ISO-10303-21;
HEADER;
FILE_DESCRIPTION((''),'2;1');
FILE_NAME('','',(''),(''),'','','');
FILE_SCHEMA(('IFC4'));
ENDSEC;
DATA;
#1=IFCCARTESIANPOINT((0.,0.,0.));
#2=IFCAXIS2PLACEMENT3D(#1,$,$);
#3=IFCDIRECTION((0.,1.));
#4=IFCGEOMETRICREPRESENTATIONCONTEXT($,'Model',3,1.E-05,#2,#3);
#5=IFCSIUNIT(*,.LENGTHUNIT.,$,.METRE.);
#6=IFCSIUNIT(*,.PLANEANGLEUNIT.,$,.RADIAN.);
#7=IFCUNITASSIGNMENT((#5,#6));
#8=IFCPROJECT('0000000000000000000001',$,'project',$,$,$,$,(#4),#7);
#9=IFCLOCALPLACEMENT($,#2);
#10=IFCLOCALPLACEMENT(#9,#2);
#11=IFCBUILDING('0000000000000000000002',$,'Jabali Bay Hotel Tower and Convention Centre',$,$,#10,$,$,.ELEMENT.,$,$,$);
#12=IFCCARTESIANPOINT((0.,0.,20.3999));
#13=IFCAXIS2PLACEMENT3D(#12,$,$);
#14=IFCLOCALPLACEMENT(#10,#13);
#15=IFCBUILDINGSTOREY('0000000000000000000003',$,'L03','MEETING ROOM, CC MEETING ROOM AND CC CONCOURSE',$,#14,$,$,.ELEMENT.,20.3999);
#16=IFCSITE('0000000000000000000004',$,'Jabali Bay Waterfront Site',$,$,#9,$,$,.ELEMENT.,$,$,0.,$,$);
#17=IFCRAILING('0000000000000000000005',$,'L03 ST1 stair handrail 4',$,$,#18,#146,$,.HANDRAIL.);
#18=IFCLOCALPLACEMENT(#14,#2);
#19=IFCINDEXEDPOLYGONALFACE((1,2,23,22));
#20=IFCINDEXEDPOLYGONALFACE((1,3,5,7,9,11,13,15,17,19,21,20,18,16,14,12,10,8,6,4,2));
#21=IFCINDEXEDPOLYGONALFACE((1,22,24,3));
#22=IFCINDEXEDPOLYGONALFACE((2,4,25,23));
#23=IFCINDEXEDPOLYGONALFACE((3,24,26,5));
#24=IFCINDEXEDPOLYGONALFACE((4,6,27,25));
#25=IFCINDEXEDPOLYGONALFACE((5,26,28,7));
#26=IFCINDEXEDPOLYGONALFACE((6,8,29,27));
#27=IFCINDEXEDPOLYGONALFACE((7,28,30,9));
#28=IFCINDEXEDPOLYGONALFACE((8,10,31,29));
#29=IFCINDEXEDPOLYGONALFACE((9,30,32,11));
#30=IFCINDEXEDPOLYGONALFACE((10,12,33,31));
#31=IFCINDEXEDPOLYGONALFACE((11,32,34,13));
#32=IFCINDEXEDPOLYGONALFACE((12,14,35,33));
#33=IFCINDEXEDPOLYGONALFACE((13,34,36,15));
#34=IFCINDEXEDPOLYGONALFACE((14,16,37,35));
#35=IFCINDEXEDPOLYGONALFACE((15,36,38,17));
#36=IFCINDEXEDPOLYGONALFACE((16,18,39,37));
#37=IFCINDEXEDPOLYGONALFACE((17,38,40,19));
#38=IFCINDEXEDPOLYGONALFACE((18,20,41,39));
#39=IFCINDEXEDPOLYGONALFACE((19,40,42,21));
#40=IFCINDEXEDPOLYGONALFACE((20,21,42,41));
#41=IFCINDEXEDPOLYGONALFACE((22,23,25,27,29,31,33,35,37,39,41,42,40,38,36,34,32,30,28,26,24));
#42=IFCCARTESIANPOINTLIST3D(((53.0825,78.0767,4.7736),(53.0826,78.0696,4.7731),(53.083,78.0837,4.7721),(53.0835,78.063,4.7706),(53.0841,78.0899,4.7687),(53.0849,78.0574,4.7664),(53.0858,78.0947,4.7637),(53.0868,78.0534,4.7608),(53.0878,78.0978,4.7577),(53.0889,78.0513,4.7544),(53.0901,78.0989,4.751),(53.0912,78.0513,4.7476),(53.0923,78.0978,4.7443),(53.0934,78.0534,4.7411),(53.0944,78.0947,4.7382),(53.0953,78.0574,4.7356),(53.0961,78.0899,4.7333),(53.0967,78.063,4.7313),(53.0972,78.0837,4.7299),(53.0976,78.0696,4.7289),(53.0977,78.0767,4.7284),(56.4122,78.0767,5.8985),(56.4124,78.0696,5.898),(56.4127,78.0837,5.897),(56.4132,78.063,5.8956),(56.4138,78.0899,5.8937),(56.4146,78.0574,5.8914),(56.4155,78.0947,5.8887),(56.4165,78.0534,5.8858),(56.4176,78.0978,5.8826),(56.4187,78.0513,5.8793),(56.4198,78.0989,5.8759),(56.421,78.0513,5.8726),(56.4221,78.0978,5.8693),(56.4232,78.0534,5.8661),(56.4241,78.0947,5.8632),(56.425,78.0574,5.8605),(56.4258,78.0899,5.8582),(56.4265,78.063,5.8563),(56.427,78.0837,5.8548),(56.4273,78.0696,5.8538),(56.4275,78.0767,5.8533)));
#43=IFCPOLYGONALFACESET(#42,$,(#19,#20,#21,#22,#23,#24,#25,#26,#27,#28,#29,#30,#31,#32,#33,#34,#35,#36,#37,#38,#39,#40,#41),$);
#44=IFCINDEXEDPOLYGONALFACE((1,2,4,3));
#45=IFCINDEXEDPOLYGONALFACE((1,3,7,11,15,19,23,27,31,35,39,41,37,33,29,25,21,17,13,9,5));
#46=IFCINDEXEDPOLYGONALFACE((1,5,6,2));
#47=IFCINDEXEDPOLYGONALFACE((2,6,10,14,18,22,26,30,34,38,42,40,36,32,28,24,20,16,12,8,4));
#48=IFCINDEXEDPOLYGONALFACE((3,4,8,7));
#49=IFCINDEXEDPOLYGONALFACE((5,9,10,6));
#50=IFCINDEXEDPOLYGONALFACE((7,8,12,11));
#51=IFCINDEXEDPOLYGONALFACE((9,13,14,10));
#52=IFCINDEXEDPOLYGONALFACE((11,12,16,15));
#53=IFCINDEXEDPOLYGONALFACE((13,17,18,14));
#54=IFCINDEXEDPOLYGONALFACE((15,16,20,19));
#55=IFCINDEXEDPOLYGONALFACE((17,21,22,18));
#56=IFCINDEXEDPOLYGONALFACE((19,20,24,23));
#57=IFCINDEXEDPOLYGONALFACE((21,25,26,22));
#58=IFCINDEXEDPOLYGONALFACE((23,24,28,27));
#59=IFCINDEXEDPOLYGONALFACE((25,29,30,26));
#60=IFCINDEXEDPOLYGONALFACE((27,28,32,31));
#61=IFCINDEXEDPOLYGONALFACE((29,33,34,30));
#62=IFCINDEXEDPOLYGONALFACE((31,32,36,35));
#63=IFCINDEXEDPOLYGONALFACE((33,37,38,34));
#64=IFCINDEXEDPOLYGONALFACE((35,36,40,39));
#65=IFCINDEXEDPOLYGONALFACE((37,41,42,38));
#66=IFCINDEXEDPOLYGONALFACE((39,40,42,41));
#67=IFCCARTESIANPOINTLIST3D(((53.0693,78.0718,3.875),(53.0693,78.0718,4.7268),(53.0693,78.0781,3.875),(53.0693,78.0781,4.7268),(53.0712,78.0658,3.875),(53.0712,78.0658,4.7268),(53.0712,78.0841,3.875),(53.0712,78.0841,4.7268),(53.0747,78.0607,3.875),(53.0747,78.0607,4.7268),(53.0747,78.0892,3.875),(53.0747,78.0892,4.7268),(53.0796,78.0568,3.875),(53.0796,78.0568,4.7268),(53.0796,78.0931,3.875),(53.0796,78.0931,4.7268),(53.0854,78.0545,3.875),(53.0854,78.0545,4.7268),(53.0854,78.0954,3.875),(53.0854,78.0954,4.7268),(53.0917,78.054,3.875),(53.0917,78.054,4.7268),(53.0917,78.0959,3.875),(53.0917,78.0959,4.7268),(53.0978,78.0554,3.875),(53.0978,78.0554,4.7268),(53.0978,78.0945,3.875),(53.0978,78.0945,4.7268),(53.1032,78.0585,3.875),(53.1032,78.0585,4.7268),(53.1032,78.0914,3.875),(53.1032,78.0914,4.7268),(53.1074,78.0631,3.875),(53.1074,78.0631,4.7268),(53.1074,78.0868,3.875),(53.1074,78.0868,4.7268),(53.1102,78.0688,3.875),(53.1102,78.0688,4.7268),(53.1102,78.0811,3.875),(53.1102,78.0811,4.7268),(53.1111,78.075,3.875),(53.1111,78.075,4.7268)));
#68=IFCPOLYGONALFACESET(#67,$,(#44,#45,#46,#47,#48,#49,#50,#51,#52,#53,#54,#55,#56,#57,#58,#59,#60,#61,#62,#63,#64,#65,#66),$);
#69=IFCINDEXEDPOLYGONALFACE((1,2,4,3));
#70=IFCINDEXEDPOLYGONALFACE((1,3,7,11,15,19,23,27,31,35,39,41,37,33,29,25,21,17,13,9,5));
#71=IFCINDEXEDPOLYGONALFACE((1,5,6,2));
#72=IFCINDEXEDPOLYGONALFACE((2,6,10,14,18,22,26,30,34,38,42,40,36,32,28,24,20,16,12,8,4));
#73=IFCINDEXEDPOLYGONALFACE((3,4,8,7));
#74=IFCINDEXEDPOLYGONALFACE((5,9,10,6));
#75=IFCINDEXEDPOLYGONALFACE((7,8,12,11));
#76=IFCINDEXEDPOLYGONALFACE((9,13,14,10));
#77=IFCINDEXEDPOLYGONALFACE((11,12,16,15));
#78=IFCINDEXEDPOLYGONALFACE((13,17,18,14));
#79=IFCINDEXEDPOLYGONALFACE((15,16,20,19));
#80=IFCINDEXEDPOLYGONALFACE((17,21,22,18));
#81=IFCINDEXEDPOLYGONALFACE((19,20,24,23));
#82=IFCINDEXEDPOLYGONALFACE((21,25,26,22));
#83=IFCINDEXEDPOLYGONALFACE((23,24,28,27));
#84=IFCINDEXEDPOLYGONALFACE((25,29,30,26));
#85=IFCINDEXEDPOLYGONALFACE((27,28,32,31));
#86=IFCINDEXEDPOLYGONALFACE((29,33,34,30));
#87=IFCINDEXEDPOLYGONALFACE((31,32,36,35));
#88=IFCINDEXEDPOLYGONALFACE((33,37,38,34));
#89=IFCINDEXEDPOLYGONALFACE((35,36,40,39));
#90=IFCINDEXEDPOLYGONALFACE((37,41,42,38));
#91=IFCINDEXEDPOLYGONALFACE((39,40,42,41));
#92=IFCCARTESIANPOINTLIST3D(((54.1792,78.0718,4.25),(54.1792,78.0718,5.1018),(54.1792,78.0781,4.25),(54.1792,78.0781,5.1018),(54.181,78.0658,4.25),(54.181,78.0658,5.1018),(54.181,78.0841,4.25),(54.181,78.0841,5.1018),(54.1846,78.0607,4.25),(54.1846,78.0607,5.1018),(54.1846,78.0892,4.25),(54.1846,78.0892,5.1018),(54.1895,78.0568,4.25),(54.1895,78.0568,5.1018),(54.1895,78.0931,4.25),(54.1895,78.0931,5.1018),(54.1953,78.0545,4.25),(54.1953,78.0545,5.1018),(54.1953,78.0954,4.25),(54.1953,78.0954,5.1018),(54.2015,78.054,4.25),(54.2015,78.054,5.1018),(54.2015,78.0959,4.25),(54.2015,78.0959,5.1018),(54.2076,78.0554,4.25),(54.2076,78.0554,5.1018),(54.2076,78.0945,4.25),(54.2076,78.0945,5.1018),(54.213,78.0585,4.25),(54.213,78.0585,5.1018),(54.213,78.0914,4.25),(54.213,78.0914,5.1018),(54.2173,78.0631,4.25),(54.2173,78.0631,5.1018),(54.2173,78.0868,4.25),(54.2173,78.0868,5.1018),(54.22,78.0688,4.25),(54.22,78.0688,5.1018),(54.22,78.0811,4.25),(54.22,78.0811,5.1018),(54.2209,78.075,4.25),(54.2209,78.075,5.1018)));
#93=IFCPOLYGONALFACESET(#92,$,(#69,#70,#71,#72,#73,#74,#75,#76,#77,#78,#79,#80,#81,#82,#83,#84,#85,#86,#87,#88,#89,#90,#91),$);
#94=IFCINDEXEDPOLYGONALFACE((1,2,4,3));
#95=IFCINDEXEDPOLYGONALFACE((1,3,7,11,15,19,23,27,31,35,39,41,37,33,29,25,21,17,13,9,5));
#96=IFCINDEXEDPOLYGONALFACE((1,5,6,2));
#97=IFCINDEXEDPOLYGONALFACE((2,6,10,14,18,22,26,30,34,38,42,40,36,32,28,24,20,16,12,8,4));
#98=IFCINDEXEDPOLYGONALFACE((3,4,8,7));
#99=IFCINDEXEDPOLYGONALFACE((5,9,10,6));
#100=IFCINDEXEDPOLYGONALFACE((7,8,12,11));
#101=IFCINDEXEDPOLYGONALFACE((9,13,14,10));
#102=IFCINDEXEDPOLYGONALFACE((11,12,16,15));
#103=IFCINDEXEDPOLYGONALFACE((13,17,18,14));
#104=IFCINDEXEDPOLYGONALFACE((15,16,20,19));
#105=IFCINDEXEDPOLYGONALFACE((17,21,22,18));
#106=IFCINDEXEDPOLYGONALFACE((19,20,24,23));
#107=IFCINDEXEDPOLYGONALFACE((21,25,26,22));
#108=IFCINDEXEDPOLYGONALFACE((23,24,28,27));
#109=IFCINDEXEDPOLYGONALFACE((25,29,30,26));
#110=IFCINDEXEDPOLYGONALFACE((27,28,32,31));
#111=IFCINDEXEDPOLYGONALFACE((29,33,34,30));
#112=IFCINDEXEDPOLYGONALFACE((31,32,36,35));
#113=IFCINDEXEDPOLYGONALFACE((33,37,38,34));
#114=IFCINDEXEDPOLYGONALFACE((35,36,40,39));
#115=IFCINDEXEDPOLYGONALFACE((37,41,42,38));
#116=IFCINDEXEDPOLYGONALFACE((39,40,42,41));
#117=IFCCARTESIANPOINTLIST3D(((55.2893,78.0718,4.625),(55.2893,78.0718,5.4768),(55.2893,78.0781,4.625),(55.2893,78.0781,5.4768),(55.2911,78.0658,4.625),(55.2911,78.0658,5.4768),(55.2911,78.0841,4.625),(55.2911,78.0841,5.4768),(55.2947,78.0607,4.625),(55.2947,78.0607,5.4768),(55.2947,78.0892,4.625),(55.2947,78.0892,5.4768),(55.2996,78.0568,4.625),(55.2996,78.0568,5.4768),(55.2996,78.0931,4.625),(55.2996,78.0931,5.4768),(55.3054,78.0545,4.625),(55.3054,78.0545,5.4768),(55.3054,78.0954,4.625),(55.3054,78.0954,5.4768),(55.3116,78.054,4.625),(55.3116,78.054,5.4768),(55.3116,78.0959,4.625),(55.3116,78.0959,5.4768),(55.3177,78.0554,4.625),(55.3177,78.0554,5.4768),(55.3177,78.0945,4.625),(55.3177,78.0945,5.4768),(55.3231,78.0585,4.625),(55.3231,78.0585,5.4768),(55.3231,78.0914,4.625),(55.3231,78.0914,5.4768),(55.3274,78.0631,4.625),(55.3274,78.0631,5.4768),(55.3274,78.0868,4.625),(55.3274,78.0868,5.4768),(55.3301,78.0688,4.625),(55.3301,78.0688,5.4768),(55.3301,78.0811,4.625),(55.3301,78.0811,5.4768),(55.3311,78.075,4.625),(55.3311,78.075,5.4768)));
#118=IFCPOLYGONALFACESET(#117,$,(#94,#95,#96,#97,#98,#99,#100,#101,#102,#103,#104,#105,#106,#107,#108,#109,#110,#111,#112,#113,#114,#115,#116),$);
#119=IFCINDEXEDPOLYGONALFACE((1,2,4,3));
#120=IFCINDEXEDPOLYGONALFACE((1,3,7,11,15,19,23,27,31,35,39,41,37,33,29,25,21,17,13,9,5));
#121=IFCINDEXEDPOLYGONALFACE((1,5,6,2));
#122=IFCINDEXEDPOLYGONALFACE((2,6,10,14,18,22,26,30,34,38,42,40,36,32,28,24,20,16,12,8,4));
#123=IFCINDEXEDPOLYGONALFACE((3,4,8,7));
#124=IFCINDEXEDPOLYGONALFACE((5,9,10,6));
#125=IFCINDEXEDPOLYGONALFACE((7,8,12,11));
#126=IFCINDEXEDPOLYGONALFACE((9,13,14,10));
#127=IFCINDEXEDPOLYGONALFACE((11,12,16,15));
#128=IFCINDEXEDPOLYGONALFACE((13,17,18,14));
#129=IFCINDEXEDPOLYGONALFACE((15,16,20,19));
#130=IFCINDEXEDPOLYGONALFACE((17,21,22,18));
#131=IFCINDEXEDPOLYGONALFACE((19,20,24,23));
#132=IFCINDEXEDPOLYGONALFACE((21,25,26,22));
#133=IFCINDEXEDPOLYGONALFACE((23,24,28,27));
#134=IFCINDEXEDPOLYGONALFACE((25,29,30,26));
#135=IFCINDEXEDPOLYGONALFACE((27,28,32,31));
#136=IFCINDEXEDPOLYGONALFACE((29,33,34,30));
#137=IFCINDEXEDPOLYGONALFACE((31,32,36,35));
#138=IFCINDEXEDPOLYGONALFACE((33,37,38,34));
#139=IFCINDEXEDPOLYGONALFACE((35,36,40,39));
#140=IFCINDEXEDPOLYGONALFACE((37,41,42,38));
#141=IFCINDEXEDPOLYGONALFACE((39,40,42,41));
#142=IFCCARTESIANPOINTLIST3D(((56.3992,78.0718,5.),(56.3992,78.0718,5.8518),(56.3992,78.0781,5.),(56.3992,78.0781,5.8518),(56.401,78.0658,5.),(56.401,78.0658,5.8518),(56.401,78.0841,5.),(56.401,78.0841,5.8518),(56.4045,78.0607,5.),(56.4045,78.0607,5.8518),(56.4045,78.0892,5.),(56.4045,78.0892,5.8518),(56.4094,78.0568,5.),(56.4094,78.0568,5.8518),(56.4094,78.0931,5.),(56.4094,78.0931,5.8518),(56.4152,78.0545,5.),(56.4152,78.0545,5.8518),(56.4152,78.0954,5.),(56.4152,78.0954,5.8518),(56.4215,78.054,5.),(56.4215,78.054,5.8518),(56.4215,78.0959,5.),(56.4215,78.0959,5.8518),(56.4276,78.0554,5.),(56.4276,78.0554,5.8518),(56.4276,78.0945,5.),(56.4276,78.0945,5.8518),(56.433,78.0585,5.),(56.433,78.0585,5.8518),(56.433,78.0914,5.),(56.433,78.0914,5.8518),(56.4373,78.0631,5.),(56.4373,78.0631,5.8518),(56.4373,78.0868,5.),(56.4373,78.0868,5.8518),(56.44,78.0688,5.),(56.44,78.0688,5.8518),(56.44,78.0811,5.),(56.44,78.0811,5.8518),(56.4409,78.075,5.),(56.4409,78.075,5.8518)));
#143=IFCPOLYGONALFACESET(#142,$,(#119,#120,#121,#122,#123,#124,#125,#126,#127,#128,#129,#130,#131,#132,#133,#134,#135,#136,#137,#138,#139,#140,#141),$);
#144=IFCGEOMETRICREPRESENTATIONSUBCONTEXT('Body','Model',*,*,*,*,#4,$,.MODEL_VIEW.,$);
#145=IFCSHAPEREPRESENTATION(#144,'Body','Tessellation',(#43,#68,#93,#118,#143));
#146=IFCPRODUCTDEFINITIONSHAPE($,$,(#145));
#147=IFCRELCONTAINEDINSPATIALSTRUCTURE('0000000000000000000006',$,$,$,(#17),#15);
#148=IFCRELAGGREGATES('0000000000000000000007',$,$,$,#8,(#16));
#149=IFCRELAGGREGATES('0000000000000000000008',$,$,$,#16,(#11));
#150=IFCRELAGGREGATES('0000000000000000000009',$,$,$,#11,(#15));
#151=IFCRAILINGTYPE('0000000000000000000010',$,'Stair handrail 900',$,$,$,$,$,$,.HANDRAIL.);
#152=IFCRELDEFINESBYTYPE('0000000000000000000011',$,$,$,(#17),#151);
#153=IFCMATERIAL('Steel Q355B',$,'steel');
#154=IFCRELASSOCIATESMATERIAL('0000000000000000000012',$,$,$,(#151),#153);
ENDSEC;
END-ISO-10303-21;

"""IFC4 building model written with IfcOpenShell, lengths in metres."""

from ifc_helpers import new_model, si_unit, direction, frame, origin, origin_2d, place, context, subcontext, project, spatial, circle, extrude, material, type_object, element, save


model = new_model("IFC4")

# Units and contexts
model_context = context("Model", 3, precision=1e-05, world=origin(), true_north=direction((0.0, 1.0)))
body_context = subcontext(model_context, "Body", "Model", "MODEL_VIEW")
ifc_project = project(units=[si_unit("LENGTHUNIT", "METRE"), si_unit("PLANEANGLEUNIT", "RADIAN")], contexts=[model_context])

# Site, building, storey
site_placement = place(None, origin())
site = spatial("IfcSite", under=ifc_project, at=site_placement, Name="Jabali Bay Waterfront Site", CompositionType="ELEMENT", RefElevation=0.0)
building_placement = place(site_placement, origin())
building = spatial("IfcBuilding", under=site, at=building_placement, Name="Jabali Bay Hotel Tower and Convention Centre", CompositionType="ELEMENT")
storey_placement = place(building_placement, frame((0.0, 0.0, 20.3999)))
storey = spatial("IfcBuildingStorey", under=building, at=storey_placement, Name="L03", Description="MEETING ROOM, CC MEETING ROOM AND CC CONCOURSE", CompositionType="ELEMENT", Elevation=20.3999)

# Railing
ifc_material_1 = material(Name="Steel Q355B", Category="steel")
railing_type_1 = type_object("IfcRailingType", Name="Stair handrail 900", PredefinedType="HANDRAIL", material=ifc_material_1)
railing_1_placement = place(storey_placement, frame((53.0901, 78.075, 3.875)))
element("IfcRailing", 1, at=railing_1_placement, inside=storey, type_object=railing_type_1, Name="L03 ST1 stair handrail 4", PredefinedType="HANDRAIL", context=body_context, shape_type="SweptSolid", body=[
    extrude(circle(Radius=0.0239, at=origin_2d()), frame((0.0, 0.0, 0.876), z_axis=(0.94739, 0.0, 0.32008), x_axis=(0.0, 1.0, 0.0)), (0.0, 0.0, 1.0), 3.5146),
    extrude(circle(Radius=0.021, at=origin_2d()), origin(), (0.0, 0.0, 1.0), 0.8518),
    extrude(circle(Radius=0.021, at=origin_2d()), frame((1.1099, 0.0, 0.375)), (0.0, 0.0, 1.0), 0.8518),
    extrude(circle(Radius=0.021, at=origin_2d()), frame((2.22, 0.0, 0.75)), (0.0, 0.0, 1.0), 0.8518),
    extrude(circle(Radius=0.021, at=origin_2d()), frame((3.3298, 0.0, 1.125)), (0.0, 0.0, 1.0), 0.8518),
])

save(model, "model.ifc")
